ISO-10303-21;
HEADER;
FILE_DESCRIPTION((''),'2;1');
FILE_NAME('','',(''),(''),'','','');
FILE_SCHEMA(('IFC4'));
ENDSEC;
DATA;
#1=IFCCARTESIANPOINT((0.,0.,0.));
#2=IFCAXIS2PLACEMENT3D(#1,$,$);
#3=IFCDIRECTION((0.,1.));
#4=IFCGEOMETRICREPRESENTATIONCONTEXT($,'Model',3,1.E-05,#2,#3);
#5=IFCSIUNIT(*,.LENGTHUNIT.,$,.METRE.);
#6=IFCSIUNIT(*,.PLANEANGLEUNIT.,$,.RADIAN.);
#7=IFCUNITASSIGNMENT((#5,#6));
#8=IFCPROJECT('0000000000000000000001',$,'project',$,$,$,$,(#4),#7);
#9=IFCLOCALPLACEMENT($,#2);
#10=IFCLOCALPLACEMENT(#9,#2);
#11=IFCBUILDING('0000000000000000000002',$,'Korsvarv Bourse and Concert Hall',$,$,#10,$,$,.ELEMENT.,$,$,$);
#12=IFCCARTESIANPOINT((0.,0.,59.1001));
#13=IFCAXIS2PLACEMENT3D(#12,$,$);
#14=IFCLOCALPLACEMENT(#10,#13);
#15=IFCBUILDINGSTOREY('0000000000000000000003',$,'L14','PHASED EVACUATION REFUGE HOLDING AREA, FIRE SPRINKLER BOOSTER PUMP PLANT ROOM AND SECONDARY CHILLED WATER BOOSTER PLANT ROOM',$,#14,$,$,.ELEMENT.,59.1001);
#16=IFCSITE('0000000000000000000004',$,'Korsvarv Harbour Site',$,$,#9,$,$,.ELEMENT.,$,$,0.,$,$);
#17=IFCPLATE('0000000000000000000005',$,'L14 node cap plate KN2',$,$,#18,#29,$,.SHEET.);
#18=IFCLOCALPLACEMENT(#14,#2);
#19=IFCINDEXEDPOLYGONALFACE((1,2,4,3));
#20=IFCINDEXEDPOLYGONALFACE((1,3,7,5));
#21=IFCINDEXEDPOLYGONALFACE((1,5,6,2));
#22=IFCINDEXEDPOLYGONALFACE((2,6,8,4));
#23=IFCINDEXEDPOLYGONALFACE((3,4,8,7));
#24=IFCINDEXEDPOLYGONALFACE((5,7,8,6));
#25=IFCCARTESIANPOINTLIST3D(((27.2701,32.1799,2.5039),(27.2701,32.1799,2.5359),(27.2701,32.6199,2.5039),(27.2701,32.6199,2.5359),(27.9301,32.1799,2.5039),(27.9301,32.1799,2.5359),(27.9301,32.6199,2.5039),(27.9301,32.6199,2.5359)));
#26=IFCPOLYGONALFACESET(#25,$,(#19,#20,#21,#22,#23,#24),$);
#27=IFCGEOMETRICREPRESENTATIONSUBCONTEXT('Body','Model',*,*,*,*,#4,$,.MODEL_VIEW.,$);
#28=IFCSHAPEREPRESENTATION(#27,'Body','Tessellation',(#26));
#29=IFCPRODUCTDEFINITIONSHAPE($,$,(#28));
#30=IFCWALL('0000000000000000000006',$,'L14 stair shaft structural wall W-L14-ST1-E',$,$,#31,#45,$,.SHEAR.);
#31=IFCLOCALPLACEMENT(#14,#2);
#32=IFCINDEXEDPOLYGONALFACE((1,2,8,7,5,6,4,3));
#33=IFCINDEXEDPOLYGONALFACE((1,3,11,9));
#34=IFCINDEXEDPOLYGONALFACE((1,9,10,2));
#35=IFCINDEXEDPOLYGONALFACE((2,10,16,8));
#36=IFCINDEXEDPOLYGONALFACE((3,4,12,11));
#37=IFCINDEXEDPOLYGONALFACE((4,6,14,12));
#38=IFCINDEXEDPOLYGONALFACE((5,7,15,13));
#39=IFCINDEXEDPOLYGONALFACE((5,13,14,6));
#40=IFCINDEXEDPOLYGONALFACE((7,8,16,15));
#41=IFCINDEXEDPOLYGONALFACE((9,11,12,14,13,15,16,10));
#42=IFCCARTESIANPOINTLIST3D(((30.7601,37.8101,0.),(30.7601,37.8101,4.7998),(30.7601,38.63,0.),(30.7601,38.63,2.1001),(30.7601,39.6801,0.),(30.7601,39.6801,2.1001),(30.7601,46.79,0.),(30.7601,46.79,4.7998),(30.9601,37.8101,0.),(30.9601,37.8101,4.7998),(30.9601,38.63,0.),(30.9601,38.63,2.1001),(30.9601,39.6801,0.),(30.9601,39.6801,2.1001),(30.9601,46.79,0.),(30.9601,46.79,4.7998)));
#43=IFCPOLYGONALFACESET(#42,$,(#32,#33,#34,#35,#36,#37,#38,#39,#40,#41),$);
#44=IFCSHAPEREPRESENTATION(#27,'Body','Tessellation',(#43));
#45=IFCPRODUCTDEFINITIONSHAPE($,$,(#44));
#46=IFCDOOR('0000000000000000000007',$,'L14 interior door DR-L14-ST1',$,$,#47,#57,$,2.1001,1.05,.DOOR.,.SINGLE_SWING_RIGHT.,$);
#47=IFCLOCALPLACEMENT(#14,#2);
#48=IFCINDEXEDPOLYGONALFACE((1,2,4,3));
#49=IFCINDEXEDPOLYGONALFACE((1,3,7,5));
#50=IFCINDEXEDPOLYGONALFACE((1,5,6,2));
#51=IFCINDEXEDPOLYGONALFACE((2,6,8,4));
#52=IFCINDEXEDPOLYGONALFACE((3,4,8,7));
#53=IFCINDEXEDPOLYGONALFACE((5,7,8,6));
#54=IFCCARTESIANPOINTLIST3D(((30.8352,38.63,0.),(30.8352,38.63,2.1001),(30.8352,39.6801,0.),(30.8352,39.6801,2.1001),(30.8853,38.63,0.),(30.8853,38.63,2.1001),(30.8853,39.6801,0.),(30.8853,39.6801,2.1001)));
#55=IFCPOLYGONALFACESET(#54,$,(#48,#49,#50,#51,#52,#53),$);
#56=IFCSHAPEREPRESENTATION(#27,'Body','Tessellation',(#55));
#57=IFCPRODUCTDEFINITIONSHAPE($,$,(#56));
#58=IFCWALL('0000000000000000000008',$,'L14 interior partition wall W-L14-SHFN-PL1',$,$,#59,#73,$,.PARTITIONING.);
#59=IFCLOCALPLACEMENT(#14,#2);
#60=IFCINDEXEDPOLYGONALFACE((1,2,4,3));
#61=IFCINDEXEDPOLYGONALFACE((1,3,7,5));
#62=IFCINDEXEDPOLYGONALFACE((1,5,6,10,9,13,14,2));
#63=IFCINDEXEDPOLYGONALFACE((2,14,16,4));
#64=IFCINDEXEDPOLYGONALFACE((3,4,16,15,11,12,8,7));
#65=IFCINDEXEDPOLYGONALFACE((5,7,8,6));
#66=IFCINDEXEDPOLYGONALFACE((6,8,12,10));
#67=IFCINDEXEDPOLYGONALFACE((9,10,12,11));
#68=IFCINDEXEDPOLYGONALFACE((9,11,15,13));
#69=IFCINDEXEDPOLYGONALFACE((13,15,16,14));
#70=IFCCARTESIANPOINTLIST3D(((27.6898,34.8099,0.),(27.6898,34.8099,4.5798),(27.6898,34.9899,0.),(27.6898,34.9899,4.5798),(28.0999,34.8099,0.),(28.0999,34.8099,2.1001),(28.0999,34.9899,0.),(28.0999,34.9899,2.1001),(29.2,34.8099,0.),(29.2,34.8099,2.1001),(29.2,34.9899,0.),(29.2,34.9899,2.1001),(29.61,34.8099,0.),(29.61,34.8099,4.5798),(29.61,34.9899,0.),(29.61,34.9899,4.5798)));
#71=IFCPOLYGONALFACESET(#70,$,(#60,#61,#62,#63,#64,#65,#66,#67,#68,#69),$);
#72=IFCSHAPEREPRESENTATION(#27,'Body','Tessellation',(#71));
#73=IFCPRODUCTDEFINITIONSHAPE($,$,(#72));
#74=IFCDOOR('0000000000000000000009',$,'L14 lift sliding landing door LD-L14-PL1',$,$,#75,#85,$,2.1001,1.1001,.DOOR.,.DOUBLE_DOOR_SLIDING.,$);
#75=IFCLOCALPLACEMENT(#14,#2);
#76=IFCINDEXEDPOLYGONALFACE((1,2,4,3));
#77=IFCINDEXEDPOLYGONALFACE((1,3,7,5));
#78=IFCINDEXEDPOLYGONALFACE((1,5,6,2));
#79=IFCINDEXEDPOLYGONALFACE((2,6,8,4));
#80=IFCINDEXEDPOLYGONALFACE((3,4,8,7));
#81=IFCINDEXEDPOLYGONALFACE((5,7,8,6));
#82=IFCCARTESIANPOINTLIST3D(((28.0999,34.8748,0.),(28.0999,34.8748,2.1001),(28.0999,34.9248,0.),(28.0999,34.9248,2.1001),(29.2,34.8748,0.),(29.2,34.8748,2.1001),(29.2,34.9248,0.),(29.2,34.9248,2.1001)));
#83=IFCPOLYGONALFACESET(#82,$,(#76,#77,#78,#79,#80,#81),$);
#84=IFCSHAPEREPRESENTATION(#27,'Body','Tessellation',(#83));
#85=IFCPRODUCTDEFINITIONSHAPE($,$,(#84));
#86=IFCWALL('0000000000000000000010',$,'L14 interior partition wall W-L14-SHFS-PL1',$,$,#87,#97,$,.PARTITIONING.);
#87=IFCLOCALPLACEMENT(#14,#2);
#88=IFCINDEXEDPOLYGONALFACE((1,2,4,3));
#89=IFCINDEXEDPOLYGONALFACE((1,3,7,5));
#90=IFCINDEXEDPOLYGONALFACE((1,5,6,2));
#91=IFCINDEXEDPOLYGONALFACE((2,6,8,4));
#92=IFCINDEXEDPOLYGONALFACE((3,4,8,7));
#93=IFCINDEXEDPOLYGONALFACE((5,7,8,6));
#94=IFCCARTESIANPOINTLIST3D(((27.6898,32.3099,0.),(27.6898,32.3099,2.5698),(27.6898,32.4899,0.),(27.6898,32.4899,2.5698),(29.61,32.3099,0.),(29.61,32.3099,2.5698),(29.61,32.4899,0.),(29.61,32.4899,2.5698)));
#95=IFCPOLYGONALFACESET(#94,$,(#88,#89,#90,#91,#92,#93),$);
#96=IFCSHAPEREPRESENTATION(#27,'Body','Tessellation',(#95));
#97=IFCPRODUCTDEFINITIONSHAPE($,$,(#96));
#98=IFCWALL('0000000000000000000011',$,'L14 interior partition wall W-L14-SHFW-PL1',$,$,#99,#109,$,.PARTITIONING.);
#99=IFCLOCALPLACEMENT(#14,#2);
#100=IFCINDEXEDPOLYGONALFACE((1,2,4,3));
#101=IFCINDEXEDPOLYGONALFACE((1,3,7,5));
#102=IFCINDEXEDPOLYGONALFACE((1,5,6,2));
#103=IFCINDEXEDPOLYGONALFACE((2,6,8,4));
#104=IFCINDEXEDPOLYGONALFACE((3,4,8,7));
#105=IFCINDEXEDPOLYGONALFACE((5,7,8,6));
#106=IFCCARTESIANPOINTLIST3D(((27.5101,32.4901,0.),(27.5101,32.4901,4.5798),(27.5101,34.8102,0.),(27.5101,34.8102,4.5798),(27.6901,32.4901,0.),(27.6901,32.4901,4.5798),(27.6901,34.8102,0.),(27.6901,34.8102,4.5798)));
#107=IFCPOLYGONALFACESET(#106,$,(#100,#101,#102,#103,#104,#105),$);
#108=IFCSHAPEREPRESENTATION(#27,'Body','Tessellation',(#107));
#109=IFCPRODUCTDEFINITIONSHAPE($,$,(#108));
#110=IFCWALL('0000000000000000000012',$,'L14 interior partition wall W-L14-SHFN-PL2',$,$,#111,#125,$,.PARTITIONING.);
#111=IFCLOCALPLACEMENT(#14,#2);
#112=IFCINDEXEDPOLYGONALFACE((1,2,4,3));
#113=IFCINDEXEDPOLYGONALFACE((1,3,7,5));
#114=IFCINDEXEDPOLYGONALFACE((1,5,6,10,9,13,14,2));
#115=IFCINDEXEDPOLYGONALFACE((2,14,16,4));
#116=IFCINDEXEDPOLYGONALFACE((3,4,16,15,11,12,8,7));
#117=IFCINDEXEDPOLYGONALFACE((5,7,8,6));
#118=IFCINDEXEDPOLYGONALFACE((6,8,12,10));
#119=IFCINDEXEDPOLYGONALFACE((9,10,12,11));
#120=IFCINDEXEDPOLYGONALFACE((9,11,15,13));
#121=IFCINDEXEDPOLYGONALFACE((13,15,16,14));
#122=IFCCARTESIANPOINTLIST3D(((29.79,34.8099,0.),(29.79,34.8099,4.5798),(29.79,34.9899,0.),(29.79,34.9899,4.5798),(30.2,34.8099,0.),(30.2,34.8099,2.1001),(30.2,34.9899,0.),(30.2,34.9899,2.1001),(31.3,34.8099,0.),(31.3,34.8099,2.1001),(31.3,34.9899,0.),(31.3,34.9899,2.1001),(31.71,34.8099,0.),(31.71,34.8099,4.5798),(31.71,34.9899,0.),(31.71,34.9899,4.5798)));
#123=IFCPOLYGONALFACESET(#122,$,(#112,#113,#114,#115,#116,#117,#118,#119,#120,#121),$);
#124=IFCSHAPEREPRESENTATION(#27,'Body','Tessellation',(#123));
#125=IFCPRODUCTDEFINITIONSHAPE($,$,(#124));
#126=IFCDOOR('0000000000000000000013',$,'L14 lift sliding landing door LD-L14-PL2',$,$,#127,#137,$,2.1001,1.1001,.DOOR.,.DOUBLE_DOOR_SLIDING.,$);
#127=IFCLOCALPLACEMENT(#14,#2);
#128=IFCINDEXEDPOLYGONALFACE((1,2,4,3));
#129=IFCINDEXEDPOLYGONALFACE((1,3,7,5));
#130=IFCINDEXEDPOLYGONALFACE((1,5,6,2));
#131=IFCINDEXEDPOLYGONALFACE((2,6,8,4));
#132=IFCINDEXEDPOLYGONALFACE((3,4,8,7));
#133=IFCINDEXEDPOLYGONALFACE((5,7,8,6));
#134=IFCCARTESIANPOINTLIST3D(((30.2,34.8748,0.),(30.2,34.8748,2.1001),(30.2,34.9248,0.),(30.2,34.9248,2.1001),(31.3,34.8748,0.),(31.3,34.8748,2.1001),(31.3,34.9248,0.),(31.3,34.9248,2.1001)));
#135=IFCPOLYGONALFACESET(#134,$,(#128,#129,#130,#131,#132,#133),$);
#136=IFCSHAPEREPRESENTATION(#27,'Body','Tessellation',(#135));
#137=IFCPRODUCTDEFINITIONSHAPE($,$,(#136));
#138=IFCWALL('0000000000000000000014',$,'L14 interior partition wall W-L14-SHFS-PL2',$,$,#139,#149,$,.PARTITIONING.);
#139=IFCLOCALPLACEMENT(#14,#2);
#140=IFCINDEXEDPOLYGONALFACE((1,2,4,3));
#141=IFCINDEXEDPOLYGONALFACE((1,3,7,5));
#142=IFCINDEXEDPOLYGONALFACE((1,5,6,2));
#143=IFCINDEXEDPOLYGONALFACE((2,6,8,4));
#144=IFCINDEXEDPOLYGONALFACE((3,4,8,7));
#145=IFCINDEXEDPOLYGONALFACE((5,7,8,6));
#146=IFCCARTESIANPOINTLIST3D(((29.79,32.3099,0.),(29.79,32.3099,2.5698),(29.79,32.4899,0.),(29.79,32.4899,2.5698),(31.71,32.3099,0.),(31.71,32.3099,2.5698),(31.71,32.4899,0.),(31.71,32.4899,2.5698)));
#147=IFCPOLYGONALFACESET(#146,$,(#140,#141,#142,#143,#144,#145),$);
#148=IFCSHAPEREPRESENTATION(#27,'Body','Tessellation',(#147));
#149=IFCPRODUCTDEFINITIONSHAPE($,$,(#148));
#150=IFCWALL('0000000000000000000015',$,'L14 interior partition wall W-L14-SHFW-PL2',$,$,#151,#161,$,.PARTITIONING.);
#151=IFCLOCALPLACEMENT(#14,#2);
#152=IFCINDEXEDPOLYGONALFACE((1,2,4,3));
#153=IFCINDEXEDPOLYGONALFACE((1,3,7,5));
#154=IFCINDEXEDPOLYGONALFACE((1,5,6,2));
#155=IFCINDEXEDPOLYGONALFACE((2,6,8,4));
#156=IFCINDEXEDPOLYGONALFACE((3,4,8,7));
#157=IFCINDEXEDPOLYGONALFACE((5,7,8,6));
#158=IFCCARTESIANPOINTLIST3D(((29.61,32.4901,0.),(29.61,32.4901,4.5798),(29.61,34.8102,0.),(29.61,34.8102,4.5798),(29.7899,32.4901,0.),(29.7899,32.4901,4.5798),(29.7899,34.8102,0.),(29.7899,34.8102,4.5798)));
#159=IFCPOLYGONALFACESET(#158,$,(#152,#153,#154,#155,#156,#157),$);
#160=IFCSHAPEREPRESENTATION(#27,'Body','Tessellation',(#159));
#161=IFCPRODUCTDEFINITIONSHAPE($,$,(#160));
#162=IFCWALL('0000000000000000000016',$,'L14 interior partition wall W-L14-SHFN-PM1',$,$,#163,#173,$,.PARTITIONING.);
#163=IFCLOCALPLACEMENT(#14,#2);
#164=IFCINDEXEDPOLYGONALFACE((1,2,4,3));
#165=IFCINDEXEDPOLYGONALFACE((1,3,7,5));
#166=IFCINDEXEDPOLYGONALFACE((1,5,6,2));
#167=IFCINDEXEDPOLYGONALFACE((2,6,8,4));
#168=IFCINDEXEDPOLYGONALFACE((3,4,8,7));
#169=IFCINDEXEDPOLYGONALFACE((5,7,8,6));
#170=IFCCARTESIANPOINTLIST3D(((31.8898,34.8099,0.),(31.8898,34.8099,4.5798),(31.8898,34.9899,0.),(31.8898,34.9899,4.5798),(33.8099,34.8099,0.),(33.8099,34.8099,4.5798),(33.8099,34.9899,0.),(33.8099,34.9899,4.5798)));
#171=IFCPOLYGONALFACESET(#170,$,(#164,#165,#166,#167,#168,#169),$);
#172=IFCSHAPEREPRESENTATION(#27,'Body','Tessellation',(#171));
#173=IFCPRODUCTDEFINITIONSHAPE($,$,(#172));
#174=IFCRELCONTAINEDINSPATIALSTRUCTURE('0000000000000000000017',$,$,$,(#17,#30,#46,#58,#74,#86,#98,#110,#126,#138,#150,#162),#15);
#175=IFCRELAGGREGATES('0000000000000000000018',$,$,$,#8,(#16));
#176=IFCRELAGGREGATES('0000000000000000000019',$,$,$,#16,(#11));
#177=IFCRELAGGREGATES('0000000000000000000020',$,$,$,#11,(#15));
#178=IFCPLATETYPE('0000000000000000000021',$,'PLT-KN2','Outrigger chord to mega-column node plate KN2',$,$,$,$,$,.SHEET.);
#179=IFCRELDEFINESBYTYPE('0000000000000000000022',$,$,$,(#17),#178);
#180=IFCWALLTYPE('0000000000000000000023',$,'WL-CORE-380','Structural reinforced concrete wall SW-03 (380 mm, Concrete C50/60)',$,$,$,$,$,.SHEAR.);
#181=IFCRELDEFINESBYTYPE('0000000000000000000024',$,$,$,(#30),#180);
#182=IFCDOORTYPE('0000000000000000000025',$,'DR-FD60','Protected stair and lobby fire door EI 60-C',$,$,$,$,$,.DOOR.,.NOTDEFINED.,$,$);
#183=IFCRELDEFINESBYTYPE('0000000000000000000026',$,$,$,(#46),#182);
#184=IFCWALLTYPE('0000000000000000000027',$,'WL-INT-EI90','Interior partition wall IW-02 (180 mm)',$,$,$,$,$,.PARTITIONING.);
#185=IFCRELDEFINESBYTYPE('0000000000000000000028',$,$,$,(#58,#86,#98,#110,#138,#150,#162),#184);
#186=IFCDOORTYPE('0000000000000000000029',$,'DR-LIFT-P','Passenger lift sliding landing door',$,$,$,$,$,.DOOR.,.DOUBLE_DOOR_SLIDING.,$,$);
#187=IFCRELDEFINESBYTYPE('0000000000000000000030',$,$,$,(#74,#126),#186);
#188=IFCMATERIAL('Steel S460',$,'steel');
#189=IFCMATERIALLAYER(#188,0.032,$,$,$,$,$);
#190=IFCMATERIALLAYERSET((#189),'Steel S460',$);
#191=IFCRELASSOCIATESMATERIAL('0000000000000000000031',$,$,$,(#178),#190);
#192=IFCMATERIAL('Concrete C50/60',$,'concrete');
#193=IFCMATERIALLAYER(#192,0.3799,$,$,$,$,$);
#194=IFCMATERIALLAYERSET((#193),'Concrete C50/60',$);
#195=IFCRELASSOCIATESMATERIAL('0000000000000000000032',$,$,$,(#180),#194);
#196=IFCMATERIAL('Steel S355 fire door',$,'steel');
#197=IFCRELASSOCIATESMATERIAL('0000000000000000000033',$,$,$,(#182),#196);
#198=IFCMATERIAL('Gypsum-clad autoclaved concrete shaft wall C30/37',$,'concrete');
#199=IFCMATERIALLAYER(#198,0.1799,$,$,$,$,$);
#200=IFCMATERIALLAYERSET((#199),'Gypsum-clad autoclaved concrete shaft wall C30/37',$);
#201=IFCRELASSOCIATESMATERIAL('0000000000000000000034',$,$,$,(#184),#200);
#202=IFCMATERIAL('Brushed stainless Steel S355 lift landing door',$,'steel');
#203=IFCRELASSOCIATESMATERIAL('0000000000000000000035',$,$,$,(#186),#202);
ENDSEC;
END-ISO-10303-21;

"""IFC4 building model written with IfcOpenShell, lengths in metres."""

from ifc_helpers import new_model, si_unit, direction, frame, frame_2d, origin, origin_2d, place, context, subcontext, project, spatial, rectangle, extrude, source, transform, mapped, material, layer, layer_set, type_object, element, fill, save


model = new_model("IFC4")

# Units and contexts
model_context = context("Model", 3, precision=1e-05, world=origin(), true_north=direction((0.0, 1.0)))
body_context = subcontext(model_context, "Body", "Model", "MODEL_VIEW")
ifc_project = project(units=[si_unit("LENGTHUNIT", "METRE"), si_unit("PLANEANGLEUNIT", "RADIAN")], contexts=[model_context])

# Site, building, storey
site_placement = place(None, origin())
site = spatial("IfcSite", under=ifc_project, at=site_placement, Name="Korsvarv Harbour Site", CompositionType="ELEMENT", RefElevation=0.0)
building_placement = place(site_placement, origin())
building = spatial("IfcBuilding", under=site, at=building_placement, Name="Korsvarv Bourse and Concert Hall", CompositionType="ELEMENT")
storey_placement = place(building_placement, frame((0.0, 0.0, 59.1001)))
storey = spatial("IfcBuildingStorey", under=building, at=storey_placement, Name="L14", Description="PHASED EVACUATION REFUGE HOLDING AREA, FIRE SPRINKLER BOOSTER PUMP PLANT ROOM AND SECONDARY CHILLED WATER BOOSTER PLANT ROOM", CompositionType="ELEMENT", Elevation=59.1001)

# Shared definitions
ifc_material_1 = material(Name="Steel S460", Category="steel")

# Plate
ifc_layer_1 = layer(ifc_material_1, 0.032)
ifc_layer_set_1 = layer_set([ifc_layer_1], Name="Steel S460")
plate_type = type_object("IfcPlateType", Name="PLT-KN2", Description="Outrigger chord to mega-column node plate KN2", PredefinedType="SHEET", material=ifc_layer_set_1)
shared_shape_1 = source(origin(), body_context, "Body", "SweptSolid", [
    extrude(rectangle(XDim=0.6599, YDim=0.4399, at=origin_2d()), origin(), (0.0, 0.0, 1.0), 0.032),
])
plate_placement = place(storey_placement, frame((27.6001, 32.3999, 2.5039), z_axis=(0.0, 0.0, 1.0), x_axis=(1.0, 0.0, 0.0)))
element("IfcPlate", 1, at=plate_placement, inside=storey, type_object=plate_type, Name="L14 node cap plate KN2", PredefinedType="SHEET", context=body_context, shape_type="MappedRepresentation", body=[
    mapped(shared_shape_1, transform((0.0, 0.0, 0.0), scale=1.0)),
])

# Walls, openings, doors
ifc_material_2 = material(Name="Concrete C50/60", Category="concrete")
ifc_layer_2 = layer(ifc_material_2, 0.3799)
ifc_layer_set_2 = layer_set([ifc_layer_2], Name="Concrete C50/60")
wall_type_1 = type_object("IfcWallType", Name="WL-CORE-380", Description="Structural reinforced concrete wall SW-03 (380 mm, Concrete C50/60)", PredefinedType="SHEAR", material=ifc_layer_set_2)
wall_1_placement = place(storey_placement, frame((30.8601, 37.8101, 0.0), z_axis=(0.0, 0.0, 1.0), x_axis=(0.0, 1.0, 0.0)))
wall_1 = element("IfcWall", 2, at=wall_1_placement, inside=storey, type_object=wall_type_1, Name="L14 stair shaft structural wall W-L14-ST1-E", PredefinedType="SHEAR", context=body_context, shape_type="SweptSolid", body=[
    extrude(rectangle(XDim=8.98, YDim=0.2, at=frame_2d((4.49, 0.0))), origin(), (0.0, 0.0, 1.0), 4.7998),
])
opening_1_placement = place(wall_1_placement, frame((0.8201, 0.0, 0.0)))
opening_1 = element("IfcOpeningElement", 3, at=opening_1_placement, cuts=wall_1, PredefinedType="OPENING", context=body_context, shape_type="SweptSolid", body=[
    extrude(rectangle(XDim=1.05, YDim=2.1001, at=frame_2d((0.5249, 1.05))), frame((0.0, 0.1099, 0.0), z_axis=(0.0, -1.0, 0.0), x_axis=(1.0, 0.0, 0.0)), (0.0, 0.0, 1.0), 0.22),
])
ifc_material_3 = material(Name="Steel S355 fire door", Category="steel")
door_type_1 = type_object("IfcDoorType", Name="DR-FD60", Description="Protected stair and lobby fire door EI 60-C", OperationType="NOTDEFINED", PredefinedType="DOOR", material=ifc_material_3)
door_1_placement = place(opening_1_placement, origin())
door_1 = element("IfcDoor", 4, at=door_1_placement, inside=storey, type_object=door_type_1, Name="L14 interior door DR-L14-ST1", OperationType="SINGLE_SWING_RIGHT", OverallHeight=2.1001, OverallWidth=1.05, PredefinedType="DOOR", context=body_context, shape_type="SweptSolid", body=[
    extrude(rectangle(XDim=1.05, YDim=2.1001, at=frame_2d((0.5249, 1.05))), frame((0.0, 0.0249, 0.0), z_axis=(0.0, -1.0, 0.0), x_axis=(1.0, 0.0, 0.0)), (0.0, 0.0, 1.0), 0.05),
])
fill(opening_1, door_1)
ifc_material_4 = material(Name="Gypsum-clad autoclaved concrete shaft wall C30/37", Category="concrete")
ifc_layer_3 = layer(ifc_material_4, 0.1799)
ifc_layer_set_3 = layer_set([ifc_layer_3], Name="Gypsum-clad autoclaved concrete shaft wall C30/37")
wall_type_2 = type_object("IfcWallType", Name="WL-INT-EI90", Description="Interior partition wall IW-02 (180 mm)", PredefinedType="PARTITIONING", material=ifc_layer_set_3)
wall_2_placement = place(storey_placement, frame((27.6899, 34.8999, 0.0), z_axis=(0.0, 0.0, 1.0), x_axis=(1.0, 0.0, 0.0)))
wall_2 = element("IfcWall", 5, at=wall_2_placement, inside=storey, type_object=wall_type_2, Name="L14 interior partition wall W-L14-SHFN-PL1", PredefinedType="PARTITIONING", context=body_context, shape_type="SweptSolid", body=[
    extrude(rectangle(XDim=1.9202, YDim=0.1799, at=frame_2d((0.96, 0.0))), origin(), (0.0, 0.0, 1.0), 4.5798),
])
opening_2_placement = place(wall_2_placement, frame((0.4099, 0.0, 0.0)))
opening_2 = element("IfcOpeningElement", 6, at=opening_2_placement, cuts=wall_2, PredefinedType="OPENING", context=body_context, shape_type="SweptSolid", body=[
    extrude(rectangle(XDim=1.1001, YDim=2.1001, at=frame_2d((0.55, 1.05))), frame((0.0, 0.1001, 0.0), z_axis=(0.0, -1.0, 0.0), x_axis=(1.0, 0.0, 0.0)), (0.0, 0.0, 1.0), 0.2),
])
ifc_material_5 = material(Name="Brushed stainless Steel S355 lift landing door", Category="steel")
door_type_2 = type_object("IfcDoorType", Name="DR-LIFT-P", Description="Passenger lift sliding landing door", OperationType="DOUBLE_DOOR_SLIDING", PredefinedType="DOOR", material=ifc_material_5)
door_2_placement = place(opening_2_placement, origin())
door_2 = element("IfcDoor", 7, at=door_2_placement, inside=storey, type_object=door_type_2, Name="L14 lift sliding landing door LD-L14-PL1", OperationType="DOUBLE_DOOR_SLIDING", OverallHeight=2.1001, OverallWidth=1.1001, PredefinedType="DOOR", context=body_context, shape_type="SweptSolid", body=[
    extrude(rectangle(XDim=1.1001, YDim=2.1001, at=frame_2d((0.55, 1.05))), frame((0.0, 0.0249, 0.0), z_axis=(0.0, -1.0, 0.0), x_axis=(1.0, 0.0, 0.0)), (0.0, 0.0, 1.0), 0.05),
])
fill(opening_2, door_2)

# Walls
wall_3_placement = place(storey_placement, frame((27.6899, 32.3999, 0.0), z_axis=(0.0, 0.0, 1.0), x_axis=(1.0, 0.0, 0.0)))
element("IfcWall", 8, at=wall_3_placement, inside=storey, type_object=wall_type_2, Name="L14 interior partition wall W-L14-SHFS-PL1", PredefinedType="PARTITIONING", context=body_context, shape_type="SweptSolid", body=[
    extrude(rectangle(XDim=1.9202, YDim=0.1799, at=frame_2d((0.96, 0.0))), origin(), (0.0, 0.0, 1.0), 2.5698),
])
wall_4_placement = place(storey_placement, frame((27.6001, 32.49, 0.0), z_axis=(0.0, 0.0, 1.0), x_axis=(0.0, 1.0, 0.0)))
element("IfcWall", 9, at=wall_4_placement, inside=storey, type_object=wall_type_2, Name="L14 interior partition wall W-L14-SHFW-PL1", PredefinedType="PARTITIONING", context=body_context, shape_type="SweptSolid", body=[
    extrude(rectangle(XDim=2.3201, YDim=0.1799, at=frame_2d((1.1602, 0.0))), origin(), (0.0, 0.0, 1.0), 4.5798),
])

# Wall, opening, door
wall_5_placement = place(storey_placement, frame((29.79, 34.8999, 0.0), z_axis=(0.0, 0.0, 1.0), x_axis=(1.0, 0.0, 0.0)))
wall_5 = element("IfcWall", 10, at=wall_5_placement, inside=storey, type_object=wall_type_2, Name="L14 interior partition wall W-L14-SHFN-PL2", PredefinedType="PARTITIONING", context=body_context, shape_type="SweptSolid", body=[
    extrude(rectangle(XDim=1.9199, YDim=0.1799, at=frame_2d((0.96, 0.0))), origin(), (0.0, 0.0, 1.0), 4.5798),
])
opening_3_placement = place(wall_5_placement, frame((0.4099, 0.0, 0.0)))
opening_3 = element("IfcOpeningElement", 11, at=opening_3_placement, cuts=wall_5, PredefinedType="OPENING", context=body_context, shape_type="SweptSolid", body=[
    extrude(rectangle(XDim=1.1001, YDim=2.1001, at=frame_2d((0.55, 1.05))), frame((0.0, 0.1001, 0.0), z_axis=(0.0, -1.0, 0.0), x_axis=(1.0, 0.0, 0.0)), (0.0, 0.0, 1.0), 0.2),
])
door_3_placement = place(opening_3_placement, origin())
door_3 = element("IfcDoor", 12, at=door_3_placement, inside=storey, type_object=door_type_2, Name="L14 lift sliding landing door LD-L14-PL2", OperationType="DOUBLE_DOOR_SLIDING", OverallHeight=2.1001, OverallWidth=1.1001, PredefinedType="DOOR", context=body_context, shape_type="SweptSolid", body=[
    extrude(rectangle(XDim=1.1001, YDim=2.1001, at=frame_2d((0.55, 1.05))), frame((0.0, 0.0249, 0.0), z_axis=(0.0, -1.0, 0.0), x_axis=(1.0, 0.0, 0.0)), (0.0, 0.0, 1.0), 0.05),
])
fill(opening_3, door_3)

# Walls
wall_6_placement = place(storey_placement, frame((29.79, 32.3999, 0.0), z_axis=(0.0, 0.0, 1.0), x_axis=(1.0, 0.0, 0.0)))
element("IfcWall", 13, at=wall_6_placement, inside=storey, type_object=wall_type_2, Name="L14 interior partition wall W-L14-SHFS-PL2", PredefinedType="PARTITIONING", context=body_context, shape_type="SweptSolid", body=[
    extrude(rectangle(XDim=1.9199, YDim=0.1799, at=frame_2d((0.96, 0.0))), origin(), (0.0, 0.0, 1.0), 2.5698),
])
wall_7_placement = place(storey_placement, frame((29.7, 32.49, 0.0), z_axis=(0.0, 0.0, 1.0), x_axis=(0.0, 1.0, 0.0)))
element("IfcWall", 14, at=wall_7_placement, inside=storey, type_object=wall_type_2, Name="L14 interior partition wall W-L14-SHFW-PL2", PredefinedType="PARTITIONING", context=body_context, shape_type="SweptSolid", body=[
    extrude(rectangle(XDim=2.3201, YDim=0.1799, at=frame_2d((1.1602, 0.0))), origin(), (0.0, 0.0, 1.0), 4.5798),
])
wall_8_placement = place(storey_placement, frame((31.8899, 34.8999, 0.0), z_axis=(0.0, 0.0, 1.0), x_axis=(1.0, 0.0, 0.0)))
element("IfcWall", 15, at=wall_8_placement, inside=storey, type_object=wall_type_2, Name="L14 interior partition wall W-L14-SHFN-PM1", PredefinedType="PARTITIONING", context=body_context, shape_type="SweptSolid", body=[
    extrude(rectangle(XDim=1.9202, YDim=0.1799, at=frame_2d((0.96, 0.0))), origin(), (0.0, 0.0, 1.0), 4.5798),
])

save(model, "model.ifc")
